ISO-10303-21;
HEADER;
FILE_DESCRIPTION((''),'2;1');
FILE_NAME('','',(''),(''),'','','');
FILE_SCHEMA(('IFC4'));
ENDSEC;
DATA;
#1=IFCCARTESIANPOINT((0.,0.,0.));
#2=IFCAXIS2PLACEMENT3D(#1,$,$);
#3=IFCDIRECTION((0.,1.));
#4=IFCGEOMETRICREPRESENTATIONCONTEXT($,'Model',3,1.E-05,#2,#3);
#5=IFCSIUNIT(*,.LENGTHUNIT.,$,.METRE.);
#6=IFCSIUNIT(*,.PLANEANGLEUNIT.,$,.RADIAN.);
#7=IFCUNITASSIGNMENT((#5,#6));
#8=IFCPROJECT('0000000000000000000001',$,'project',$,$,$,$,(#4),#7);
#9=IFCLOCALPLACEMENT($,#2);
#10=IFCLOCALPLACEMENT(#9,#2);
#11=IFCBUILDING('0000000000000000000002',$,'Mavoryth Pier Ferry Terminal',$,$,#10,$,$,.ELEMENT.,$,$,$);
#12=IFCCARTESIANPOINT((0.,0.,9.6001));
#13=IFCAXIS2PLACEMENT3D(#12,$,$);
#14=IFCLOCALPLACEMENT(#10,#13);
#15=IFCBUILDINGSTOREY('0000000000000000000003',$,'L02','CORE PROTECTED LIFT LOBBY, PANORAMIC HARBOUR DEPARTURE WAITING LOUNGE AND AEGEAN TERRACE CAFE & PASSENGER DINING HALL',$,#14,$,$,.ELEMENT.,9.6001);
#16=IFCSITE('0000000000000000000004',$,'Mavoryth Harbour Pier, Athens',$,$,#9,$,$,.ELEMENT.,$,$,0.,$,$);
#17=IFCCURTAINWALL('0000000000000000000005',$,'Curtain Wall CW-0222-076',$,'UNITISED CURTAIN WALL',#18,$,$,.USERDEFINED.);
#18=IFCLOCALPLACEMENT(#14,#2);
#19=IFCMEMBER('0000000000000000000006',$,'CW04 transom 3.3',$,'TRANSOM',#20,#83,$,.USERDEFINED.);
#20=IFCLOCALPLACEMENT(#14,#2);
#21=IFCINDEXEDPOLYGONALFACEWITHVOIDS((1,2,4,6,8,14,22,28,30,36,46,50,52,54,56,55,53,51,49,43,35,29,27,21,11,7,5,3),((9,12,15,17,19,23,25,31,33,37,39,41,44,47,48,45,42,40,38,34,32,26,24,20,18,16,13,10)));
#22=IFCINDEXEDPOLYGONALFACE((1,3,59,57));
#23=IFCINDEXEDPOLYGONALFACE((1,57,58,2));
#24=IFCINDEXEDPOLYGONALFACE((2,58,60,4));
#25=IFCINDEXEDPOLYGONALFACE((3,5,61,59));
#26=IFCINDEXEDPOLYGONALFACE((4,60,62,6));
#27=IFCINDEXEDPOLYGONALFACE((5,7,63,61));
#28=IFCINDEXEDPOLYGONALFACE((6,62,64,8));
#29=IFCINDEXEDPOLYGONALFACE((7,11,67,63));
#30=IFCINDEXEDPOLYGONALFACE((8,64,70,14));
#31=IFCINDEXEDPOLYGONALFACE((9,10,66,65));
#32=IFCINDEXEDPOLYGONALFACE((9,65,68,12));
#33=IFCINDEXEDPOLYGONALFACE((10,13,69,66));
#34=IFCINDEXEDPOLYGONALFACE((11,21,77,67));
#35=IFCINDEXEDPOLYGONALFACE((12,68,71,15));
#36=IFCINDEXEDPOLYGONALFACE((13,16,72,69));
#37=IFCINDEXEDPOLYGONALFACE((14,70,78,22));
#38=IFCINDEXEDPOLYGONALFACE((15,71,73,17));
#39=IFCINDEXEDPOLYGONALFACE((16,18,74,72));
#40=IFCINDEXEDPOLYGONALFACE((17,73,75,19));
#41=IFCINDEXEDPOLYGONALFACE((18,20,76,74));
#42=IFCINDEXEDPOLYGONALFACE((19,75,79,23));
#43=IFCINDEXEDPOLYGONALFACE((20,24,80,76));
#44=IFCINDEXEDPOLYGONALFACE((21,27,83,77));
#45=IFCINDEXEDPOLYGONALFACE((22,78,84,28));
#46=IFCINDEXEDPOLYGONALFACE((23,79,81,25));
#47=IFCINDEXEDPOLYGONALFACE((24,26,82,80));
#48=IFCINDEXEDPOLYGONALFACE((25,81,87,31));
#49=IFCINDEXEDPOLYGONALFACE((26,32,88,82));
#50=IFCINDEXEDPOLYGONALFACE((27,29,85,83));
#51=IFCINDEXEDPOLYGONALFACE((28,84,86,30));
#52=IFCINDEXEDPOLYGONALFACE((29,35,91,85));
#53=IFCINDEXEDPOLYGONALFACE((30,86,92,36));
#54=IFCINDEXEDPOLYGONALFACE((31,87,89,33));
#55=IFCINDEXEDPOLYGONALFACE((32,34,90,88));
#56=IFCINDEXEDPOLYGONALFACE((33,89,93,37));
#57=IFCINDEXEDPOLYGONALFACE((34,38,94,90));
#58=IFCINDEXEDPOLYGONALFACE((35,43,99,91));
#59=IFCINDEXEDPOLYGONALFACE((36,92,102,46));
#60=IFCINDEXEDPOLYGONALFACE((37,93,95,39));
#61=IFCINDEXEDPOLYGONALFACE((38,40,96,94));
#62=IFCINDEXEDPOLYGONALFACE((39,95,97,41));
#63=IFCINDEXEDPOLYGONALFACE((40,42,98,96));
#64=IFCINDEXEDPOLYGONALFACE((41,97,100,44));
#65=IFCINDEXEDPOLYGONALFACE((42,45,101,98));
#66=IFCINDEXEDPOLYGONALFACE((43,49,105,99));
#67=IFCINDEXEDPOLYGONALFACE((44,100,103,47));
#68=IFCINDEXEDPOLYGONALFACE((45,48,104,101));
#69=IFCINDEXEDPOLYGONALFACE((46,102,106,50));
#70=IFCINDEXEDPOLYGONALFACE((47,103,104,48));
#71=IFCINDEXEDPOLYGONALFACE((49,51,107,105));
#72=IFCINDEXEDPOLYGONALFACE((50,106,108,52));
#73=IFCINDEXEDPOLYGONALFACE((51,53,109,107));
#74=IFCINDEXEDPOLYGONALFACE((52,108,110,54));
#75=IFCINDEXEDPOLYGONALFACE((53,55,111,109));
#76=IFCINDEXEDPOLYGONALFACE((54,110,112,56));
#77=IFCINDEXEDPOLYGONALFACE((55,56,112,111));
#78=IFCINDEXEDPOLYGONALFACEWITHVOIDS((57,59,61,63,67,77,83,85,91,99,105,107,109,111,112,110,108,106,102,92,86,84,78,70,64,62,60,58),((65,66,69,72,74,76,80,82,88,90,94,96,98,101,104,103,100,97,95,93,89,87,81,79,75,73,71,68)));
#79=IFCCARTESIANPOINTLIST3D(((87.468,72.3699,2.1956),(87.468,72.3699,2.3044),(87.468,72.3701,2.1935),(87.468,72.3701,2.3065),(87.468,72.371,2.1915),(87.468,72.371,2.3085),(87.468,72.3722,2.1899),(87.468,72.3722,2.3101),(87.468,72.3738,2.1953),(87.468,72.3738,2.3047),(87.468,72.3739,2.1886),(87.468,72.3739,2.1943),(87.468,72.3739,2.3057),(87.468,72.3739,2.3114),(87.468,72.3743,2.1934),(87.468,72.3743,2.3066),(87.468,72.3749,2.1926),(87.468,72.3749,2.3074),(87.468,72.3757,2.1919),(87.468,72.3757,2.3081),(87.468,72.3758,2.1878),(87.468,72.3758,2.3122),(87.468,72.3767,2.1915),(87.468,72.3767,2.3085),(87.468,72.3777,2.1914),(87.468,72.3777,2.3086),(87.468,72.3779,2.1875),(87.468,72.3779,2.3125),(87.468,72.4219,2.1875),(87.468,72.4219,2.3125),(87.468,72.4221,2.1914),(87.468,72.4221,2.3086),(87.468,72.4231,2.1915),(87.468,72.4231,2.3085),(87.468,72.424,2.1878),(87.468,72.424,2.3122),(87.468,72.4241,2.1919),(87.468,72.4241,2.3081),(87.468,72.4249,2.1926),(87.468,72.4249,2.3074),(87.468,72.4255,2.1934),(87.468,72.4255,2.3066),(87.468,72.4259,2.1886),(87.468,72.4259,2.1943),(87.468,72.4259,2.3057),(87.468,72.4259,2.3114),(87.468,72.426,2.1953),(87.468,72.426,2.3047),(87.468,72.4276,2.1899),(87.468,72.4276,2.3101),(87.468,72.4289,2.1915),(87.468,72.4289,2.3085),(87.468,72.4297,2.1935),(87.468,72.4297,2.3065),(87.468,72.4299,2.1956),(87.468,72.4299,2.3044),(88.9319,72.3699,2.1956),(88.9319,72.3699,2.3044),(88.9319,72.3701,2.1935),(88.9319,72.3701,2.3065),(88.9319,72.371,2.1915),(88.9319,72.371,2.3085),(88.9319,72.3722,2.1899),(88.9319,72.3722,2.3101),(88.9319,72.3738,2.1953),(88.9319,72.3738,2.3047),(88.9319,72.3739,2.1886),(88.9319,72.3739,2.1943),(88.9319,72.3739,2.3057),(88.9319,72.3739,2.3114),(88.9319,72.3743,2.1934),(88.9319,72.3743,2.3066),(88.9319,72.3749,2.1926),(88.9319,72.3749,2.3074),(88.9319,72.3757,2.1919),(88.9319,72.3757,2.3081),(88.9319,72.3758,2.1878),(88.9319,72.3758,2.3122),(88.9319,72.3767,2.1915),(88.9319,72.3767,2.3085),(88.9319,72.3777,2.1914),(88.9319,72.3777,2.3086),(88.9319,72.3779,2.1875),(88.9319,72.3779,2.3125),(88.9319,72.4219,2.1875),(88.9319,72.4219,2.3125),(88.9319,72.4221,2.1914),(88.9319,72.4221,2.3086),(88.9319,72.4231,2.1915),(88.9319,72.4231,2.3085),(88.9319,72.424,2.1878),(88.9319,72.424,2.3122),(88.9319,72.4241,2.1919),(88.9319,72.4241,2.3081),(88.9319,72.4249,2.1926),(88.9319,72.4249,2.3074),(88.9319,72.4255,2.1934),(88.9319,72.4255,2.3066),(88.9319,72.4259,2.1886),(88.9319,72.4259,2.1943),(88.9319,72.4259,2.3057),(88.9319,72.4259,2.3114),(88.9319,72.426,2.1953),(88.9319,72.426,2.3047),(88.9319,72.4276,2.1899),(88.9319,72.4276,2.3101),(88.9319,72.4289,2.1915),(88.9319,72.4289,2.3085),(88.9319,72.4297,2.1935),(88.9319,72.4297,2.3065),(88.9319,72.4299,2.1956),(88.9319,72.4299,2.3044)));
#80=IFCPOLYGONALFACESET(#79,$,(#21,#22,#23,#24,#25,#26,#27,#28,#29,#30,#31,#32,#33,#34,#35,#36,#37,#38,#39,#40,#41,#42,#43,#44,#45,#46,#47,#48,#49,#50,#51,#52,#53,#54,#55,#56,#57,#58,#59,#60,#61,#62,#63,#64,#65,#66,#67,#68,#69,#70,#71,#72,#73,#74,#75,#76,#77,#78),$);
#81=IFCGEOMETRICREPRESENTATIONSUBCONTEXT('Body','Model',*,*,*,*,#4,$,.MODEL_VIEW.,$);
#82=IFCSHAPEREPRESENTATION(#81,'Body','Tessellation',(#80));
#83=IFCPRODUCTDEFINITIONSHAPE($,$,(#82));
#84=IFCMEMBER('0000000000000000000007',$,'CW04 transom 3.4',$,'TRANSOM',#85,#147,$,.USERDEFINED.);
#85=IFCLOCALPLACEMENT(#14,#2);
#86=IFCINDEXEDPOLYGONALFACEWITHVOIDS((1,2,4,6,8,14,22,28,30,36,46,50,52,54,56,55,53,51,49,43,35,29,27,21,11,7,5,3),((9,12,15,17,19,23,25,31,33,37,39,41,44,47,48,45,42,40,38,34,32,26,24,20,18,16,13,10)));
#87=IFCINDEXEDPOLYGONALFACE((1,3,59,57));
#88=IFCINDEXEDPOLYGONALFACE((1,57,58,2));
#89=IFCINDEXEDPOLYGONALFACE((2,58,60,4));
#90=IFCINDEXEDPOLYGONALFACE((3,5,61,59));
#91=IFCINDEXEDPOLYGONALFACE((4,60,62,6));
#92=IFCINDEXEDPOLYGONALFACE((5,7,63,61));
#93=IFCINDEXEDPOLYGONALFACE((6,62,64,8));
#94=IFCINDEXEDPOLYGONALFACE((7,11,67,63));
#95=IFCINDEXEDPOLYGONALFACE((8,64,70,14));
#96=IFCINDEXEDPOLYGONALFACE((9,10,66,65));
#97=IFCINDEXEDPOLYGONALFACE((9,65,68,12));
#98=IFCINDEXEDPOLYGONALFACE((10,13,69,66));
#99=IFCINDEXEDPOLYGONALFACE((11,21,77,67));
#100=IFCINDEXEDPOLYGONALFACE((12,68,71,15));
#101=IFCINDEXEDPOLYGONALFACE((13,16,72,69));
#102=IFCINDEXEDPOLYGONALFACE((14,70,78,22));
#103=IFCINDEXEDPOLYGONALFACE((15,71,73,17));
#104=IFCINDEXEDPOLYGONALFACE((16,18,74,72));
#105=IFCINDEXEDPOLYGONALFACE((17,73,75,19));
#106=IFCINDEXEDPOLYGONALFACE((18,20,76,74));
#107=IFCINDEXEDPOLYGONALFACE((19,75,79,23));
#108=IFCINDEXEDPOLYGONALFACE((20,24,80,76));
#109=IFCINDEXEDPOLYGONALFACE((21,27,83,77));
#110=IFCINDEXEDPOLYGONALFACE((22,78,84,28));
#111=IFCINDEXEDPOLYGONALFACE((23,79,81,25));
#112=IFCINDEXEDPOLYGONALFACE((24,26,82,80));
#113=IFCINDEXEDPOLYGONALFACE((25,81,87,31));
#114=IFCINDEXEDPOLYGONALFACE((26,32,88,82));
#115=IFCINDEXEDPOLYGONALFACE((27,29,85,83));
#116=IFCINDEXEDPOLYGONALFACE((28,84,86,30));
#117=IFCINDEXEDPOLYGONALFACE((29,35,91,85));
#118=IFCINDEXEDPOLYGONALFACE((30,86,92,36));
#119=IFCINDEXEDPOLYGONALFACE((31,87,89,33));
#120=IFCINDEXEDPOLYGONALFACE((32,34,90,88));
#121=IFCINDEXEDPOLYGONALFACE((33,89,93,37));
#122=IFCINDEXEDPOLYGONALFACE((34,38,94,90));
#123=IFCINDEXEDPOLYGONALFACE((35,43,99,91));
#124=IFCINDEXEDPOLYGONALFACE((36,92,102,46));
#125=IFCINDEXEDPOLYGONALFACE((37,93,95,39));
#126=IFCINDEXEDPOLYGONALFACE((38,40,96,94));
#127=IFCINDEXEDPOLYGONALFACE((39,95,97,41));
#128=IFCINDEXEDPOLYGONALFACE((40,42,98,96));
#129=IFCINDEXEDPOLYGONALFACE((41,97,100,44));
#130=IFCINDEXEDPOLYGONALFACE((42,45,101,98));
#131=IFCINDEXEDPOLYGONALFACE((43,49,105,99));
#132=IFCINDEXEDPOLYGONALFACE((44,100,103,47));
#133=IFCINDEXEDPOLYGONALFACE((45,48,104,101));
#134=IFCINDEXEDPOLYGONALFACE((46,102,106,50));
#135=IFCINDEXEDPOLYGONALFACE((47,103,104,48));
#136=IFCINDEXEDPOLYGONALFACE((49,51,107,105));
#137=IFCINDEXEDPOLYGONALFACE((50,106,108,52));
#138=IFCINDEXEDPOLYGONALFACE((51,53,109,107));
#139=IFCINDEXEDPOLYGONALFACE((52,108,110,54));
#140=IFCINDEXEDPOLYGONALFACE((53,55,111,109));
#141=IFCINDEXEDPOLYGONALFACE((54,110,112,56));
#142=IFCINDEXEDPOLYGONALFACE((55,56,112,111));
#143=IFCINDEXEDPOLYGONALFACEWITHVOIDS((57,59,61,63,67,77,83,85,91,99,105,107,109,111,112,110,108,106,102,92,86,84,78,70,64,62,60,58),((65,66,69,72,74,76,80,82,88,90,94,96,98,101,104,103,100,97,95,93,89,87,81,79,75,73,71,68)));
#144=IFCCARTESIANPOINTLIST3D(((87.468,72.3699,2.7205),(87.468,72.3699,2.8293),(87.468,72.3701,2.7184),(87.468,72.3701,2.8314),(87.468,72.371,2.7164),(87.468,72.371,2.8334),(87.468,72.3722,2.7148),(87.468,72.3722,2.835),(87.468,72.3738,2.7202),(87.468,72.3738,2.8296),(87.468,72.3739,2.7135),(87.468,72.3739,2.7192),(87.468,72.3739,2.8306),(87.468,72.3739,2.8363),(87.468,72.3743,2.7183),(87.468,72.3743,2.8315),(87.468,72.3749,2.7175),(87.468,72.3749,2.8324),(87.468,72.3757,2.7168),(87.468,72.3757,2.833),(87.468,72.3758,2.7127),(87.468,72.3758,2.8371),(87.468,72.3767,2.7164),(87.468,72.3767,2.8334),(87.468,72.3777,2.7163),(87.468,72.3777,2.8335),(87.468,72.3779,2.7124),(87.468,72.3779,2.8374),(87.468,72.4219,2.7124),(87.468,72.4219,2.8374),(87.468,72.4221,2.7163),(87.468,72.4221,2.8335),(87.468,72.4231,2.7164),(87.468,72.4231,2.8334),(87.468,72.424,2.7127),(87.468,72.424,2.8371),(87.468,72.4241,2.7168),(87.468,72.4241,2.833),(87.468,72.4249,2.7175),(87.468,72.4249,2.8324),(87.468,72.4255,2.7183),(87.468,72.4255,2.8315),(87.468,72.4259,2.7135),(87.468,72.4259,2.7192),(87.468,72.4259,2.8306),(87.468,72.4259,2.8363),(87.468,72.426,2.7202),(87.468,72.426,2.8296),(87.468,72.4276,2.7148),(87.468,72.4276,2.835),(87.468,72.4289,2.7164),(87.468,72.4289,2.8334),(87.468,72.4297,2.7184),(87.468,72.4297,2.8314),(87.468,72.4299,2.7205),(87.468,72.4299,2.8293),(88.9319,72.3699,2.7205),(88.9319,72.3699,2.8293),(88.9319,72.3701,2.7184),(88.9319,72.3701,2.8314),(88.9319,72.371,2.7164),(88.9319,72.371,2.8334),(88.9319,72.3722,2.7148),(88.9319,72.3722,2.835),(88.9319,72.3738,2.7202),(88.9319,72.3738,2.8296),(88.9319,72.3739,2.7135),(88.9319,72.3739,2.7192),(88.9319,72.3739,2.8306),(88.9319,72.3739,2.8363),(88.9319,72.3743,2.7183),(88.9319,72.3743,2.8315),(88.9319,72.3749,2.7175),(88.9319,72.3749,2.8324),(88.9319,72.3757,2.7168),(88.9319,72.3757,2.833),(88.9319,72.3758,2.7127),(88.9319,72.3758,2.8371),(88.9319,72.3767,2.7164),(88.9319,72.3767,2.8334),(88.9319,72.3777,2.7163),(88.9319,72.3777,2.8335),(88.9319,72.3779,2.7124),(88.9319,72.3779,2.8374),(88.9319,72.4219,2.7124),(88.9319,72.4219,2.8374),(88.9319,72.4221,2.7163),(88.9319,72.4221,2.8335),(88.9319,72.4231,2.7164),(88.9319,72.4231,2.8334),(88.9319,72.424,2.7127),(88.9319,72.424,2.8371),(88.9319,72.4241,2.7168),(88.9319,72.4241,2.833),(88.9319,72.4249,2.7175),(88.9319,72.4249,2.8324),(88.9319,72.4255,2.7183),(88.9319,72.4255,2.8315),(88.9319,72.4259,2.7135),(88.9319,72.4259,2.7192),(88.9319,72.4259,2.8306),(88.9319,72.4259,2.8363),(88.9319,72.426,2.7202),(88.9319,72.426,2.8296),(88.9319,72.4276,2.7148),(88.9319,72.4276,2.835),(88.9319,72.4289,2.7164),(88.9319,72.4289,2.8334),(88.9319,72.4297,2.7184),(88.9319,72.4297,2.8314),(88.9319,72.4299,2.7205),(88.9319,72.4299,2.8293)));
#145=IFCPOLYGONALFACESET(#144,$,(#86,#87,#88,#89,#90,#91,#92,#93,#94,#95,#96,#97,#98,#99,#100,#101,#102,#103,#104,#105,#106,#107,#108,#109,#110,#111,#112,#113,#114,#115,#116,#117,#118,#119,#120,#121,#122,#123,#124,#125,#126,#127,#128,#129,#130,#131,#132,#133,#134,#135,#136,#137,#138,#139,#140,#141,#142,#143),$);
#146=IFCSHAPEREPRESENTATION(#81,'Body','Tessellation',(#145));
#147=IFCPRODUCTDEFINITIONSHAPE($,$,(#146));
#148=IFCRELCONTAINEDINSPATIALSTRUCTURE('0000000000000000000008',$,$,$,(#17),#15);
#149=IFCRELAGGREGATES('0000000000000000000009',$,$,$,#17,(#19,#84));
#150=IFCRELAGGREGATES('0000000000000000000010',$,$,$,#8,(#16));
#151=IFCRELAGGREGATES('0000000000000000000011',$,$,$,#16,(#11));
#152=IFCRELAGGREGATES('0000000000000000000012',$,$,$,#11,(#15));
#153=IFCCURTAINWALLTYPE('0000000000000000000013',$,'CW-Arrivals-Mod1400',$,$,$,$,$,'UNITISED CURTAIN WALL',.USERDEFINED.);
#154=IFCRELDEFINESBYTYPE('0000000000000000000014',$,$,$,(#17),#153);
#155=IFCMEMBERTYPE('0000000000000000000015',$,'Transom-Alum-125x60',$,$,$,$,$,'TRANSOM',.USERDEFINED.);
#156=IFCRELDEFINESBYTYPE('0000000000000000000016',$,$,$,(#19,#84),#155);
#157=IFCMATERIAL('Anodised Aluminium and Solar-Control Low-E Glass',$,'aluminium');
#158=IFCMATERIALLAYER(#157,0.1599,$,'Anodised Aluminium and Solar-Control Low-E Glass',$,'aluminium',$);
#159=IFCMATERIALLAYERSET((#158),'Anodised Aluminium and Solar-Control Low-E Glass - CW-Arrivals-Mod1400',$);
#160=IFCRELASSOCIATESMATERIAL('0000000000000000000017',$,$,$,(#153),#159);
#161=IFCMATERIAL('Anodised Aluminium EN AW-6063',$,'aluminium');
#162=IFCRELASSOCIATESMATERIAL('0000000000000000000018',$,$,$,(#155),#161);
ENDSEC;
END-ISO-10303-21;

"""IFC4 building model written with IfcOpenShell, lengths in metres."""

from ifc_helpers import new_model, si_unit, direction, frame, origin, origin_2d, place, context, subcontext, project, spatial, hollow_rectangle, extrude, material, layer, layer_set, material_profile, profile_set, type_object, element, aggregate, save


model = new_model("IFC4")

# Units and contexts
model_context = context("Model", 3, precision=1e-05, world=origin(), true_north=direction((0.0, 1.0)))
body_context = subcontext(model_context, "Body", "Model", "MODEL_VIEW")
ifc_project = project(units=[si_unit("LENGTHUNIT", "METRE"), si_unit("PLANEANGLEUNIT", "RADIAN")], contexts=[model_context])

# Site, building, storey
site_placement = place(None, origin())
site = spatial("IfcSite", under=ifc_project, at=site_placement, Name="Mavoryth Harbour Pier, Athens", CompositionType="ELEMENT", RefElevation=0.0)
building_placement = place(site_placement, origin())
building = spatial("IfcBuilding", under=site, at=building_placement, Name="Mavoryth Pier Ferry Terminal", CompositionType="ELEMENT")
storey_placement = place(building_placement, frame((0.0, 0.0, 9.6001)))
storey = spatial("IfcBuildingStorey", under=building, at=storey_placement, Name="L02", Description="CORE PROTECTED LIFT LOBBY, PANORAMIC HARBOUR DEPARTURE WAITING LOUNGE AND AEGEAN TERRACE CAFE & PASSENGER DINING HALL", CompositionType="ELEMENT", Elevation=9.6001)

# Curtain wall
ifc_material_1 = material(Name="Anodised Aluminium and Solar-Control Low-E Glass", Category="aluminium")
ifc_layer_1 = layer(ifc_material_1, 0.1599, Name="Anodised Aluminium and Solar-Control Low-E Glass", Category="aluminium")
ifc_layer_set_1 = layer_set([ifc_layer_1], Name="Anodised Aluminium and Solar-Control Low-E Glass - CW-Arrivals-Mod1400")
curtain_wall_type = type_object("IfcCurtainWallType", Name="CW-Arrivals-Mod1400", ElementType="UNITISED CURTAIN WALL", PredefinedType="USERDEFINED", material=ifc_layer_set_1)
curtain_wall_placement = place(storey_placement, origin())
curtain_wall = element("IfcCurtainWall", 1, at=curtain_wall_placement, inside=storey, type_object=curtain_wall_type, Name="Curtain Wall CW-0222-076", ObjectType="UNITISED CURTAIN WALL", PredefinedType="USERDEFINED")
ifc_material_2 = material(Name="Anodised Aluminium EN AW-6063", Category="aluminium")

# Members
ifc_material_profile_1 = material_profile(ifc_material_2, hollow_rectangle(XDim=0.0601, YDim=0.125, WallThickness=0.0039, InnerFilletRadius=0.0039, OuterFilletRadius=0.0081, at=origin_2d()), Name="AL-TRAN 125x60x4", Category="aluminium")
ifc_profile_set_1 = profile_set([ifc_material_profile_1], Name="Anodised Aluminium EN AW-6063 - AL-TRAN 125x60x4")
member_type_1 = type_object("IfcMemberType", Name="Transom-Alum-125x60", ElementType="TRANSOM", PredefinedType="USERDEFINED", material=ifc_profile_set_1)
member_1_placement = place(storey_placement, frame((87.468, 72.3999, 2.25), z_axis=(1.0, 0.0, 0.0), x_axis=(0.0, 1.0, 0.0)))
member_1 = element("IfcMember", 2, at=member_1_placement, type_object=member_type_1, Name="CW04 transom 3.3", ObjectType="TRANSOM", PredefinedType="USERDEFINED", context=body_context, shape_type="SweptSolid", body=[
    extrude(hollow_rectangle(XDim=0.0601, YDim=0.125, WallThickness=0.0039, InnerFilletRadius=0.0039, OuterFilletRadius=0.0081, at=origin_2d()), origin(), (0.0, 0.0, 1.0), 1.4639),
])
member_2_placement = place(storey_placement, frame((87.468, 72.3999, 2.7749), z_axis=(1.0, 0.0, 0.0), x_axis=(0.0, 1.0, 0.0)))
member_2 = element("IfcMember", 3, at=member_2_placement, type_object=member_type_1, Name="CW04 transom 3.4", ObjectType="TRANSOM", PredefinedType="USERDEFINED", context=body_context, shape_type="SweptSolid", body=[
    extrude(hollow_rectangle(XDim=0.0601, YDim=0.125, WallThickness=0.0039, InnerFilletRadius=0.0039, OuterFilletRadius=0.0081, at=origin_2d()), origin(), (0.0, 0.0, 1.0), 1.4639),
])

aggregate(curtain_wall, [member_1, member_2])

save(model, "model.ifc")
